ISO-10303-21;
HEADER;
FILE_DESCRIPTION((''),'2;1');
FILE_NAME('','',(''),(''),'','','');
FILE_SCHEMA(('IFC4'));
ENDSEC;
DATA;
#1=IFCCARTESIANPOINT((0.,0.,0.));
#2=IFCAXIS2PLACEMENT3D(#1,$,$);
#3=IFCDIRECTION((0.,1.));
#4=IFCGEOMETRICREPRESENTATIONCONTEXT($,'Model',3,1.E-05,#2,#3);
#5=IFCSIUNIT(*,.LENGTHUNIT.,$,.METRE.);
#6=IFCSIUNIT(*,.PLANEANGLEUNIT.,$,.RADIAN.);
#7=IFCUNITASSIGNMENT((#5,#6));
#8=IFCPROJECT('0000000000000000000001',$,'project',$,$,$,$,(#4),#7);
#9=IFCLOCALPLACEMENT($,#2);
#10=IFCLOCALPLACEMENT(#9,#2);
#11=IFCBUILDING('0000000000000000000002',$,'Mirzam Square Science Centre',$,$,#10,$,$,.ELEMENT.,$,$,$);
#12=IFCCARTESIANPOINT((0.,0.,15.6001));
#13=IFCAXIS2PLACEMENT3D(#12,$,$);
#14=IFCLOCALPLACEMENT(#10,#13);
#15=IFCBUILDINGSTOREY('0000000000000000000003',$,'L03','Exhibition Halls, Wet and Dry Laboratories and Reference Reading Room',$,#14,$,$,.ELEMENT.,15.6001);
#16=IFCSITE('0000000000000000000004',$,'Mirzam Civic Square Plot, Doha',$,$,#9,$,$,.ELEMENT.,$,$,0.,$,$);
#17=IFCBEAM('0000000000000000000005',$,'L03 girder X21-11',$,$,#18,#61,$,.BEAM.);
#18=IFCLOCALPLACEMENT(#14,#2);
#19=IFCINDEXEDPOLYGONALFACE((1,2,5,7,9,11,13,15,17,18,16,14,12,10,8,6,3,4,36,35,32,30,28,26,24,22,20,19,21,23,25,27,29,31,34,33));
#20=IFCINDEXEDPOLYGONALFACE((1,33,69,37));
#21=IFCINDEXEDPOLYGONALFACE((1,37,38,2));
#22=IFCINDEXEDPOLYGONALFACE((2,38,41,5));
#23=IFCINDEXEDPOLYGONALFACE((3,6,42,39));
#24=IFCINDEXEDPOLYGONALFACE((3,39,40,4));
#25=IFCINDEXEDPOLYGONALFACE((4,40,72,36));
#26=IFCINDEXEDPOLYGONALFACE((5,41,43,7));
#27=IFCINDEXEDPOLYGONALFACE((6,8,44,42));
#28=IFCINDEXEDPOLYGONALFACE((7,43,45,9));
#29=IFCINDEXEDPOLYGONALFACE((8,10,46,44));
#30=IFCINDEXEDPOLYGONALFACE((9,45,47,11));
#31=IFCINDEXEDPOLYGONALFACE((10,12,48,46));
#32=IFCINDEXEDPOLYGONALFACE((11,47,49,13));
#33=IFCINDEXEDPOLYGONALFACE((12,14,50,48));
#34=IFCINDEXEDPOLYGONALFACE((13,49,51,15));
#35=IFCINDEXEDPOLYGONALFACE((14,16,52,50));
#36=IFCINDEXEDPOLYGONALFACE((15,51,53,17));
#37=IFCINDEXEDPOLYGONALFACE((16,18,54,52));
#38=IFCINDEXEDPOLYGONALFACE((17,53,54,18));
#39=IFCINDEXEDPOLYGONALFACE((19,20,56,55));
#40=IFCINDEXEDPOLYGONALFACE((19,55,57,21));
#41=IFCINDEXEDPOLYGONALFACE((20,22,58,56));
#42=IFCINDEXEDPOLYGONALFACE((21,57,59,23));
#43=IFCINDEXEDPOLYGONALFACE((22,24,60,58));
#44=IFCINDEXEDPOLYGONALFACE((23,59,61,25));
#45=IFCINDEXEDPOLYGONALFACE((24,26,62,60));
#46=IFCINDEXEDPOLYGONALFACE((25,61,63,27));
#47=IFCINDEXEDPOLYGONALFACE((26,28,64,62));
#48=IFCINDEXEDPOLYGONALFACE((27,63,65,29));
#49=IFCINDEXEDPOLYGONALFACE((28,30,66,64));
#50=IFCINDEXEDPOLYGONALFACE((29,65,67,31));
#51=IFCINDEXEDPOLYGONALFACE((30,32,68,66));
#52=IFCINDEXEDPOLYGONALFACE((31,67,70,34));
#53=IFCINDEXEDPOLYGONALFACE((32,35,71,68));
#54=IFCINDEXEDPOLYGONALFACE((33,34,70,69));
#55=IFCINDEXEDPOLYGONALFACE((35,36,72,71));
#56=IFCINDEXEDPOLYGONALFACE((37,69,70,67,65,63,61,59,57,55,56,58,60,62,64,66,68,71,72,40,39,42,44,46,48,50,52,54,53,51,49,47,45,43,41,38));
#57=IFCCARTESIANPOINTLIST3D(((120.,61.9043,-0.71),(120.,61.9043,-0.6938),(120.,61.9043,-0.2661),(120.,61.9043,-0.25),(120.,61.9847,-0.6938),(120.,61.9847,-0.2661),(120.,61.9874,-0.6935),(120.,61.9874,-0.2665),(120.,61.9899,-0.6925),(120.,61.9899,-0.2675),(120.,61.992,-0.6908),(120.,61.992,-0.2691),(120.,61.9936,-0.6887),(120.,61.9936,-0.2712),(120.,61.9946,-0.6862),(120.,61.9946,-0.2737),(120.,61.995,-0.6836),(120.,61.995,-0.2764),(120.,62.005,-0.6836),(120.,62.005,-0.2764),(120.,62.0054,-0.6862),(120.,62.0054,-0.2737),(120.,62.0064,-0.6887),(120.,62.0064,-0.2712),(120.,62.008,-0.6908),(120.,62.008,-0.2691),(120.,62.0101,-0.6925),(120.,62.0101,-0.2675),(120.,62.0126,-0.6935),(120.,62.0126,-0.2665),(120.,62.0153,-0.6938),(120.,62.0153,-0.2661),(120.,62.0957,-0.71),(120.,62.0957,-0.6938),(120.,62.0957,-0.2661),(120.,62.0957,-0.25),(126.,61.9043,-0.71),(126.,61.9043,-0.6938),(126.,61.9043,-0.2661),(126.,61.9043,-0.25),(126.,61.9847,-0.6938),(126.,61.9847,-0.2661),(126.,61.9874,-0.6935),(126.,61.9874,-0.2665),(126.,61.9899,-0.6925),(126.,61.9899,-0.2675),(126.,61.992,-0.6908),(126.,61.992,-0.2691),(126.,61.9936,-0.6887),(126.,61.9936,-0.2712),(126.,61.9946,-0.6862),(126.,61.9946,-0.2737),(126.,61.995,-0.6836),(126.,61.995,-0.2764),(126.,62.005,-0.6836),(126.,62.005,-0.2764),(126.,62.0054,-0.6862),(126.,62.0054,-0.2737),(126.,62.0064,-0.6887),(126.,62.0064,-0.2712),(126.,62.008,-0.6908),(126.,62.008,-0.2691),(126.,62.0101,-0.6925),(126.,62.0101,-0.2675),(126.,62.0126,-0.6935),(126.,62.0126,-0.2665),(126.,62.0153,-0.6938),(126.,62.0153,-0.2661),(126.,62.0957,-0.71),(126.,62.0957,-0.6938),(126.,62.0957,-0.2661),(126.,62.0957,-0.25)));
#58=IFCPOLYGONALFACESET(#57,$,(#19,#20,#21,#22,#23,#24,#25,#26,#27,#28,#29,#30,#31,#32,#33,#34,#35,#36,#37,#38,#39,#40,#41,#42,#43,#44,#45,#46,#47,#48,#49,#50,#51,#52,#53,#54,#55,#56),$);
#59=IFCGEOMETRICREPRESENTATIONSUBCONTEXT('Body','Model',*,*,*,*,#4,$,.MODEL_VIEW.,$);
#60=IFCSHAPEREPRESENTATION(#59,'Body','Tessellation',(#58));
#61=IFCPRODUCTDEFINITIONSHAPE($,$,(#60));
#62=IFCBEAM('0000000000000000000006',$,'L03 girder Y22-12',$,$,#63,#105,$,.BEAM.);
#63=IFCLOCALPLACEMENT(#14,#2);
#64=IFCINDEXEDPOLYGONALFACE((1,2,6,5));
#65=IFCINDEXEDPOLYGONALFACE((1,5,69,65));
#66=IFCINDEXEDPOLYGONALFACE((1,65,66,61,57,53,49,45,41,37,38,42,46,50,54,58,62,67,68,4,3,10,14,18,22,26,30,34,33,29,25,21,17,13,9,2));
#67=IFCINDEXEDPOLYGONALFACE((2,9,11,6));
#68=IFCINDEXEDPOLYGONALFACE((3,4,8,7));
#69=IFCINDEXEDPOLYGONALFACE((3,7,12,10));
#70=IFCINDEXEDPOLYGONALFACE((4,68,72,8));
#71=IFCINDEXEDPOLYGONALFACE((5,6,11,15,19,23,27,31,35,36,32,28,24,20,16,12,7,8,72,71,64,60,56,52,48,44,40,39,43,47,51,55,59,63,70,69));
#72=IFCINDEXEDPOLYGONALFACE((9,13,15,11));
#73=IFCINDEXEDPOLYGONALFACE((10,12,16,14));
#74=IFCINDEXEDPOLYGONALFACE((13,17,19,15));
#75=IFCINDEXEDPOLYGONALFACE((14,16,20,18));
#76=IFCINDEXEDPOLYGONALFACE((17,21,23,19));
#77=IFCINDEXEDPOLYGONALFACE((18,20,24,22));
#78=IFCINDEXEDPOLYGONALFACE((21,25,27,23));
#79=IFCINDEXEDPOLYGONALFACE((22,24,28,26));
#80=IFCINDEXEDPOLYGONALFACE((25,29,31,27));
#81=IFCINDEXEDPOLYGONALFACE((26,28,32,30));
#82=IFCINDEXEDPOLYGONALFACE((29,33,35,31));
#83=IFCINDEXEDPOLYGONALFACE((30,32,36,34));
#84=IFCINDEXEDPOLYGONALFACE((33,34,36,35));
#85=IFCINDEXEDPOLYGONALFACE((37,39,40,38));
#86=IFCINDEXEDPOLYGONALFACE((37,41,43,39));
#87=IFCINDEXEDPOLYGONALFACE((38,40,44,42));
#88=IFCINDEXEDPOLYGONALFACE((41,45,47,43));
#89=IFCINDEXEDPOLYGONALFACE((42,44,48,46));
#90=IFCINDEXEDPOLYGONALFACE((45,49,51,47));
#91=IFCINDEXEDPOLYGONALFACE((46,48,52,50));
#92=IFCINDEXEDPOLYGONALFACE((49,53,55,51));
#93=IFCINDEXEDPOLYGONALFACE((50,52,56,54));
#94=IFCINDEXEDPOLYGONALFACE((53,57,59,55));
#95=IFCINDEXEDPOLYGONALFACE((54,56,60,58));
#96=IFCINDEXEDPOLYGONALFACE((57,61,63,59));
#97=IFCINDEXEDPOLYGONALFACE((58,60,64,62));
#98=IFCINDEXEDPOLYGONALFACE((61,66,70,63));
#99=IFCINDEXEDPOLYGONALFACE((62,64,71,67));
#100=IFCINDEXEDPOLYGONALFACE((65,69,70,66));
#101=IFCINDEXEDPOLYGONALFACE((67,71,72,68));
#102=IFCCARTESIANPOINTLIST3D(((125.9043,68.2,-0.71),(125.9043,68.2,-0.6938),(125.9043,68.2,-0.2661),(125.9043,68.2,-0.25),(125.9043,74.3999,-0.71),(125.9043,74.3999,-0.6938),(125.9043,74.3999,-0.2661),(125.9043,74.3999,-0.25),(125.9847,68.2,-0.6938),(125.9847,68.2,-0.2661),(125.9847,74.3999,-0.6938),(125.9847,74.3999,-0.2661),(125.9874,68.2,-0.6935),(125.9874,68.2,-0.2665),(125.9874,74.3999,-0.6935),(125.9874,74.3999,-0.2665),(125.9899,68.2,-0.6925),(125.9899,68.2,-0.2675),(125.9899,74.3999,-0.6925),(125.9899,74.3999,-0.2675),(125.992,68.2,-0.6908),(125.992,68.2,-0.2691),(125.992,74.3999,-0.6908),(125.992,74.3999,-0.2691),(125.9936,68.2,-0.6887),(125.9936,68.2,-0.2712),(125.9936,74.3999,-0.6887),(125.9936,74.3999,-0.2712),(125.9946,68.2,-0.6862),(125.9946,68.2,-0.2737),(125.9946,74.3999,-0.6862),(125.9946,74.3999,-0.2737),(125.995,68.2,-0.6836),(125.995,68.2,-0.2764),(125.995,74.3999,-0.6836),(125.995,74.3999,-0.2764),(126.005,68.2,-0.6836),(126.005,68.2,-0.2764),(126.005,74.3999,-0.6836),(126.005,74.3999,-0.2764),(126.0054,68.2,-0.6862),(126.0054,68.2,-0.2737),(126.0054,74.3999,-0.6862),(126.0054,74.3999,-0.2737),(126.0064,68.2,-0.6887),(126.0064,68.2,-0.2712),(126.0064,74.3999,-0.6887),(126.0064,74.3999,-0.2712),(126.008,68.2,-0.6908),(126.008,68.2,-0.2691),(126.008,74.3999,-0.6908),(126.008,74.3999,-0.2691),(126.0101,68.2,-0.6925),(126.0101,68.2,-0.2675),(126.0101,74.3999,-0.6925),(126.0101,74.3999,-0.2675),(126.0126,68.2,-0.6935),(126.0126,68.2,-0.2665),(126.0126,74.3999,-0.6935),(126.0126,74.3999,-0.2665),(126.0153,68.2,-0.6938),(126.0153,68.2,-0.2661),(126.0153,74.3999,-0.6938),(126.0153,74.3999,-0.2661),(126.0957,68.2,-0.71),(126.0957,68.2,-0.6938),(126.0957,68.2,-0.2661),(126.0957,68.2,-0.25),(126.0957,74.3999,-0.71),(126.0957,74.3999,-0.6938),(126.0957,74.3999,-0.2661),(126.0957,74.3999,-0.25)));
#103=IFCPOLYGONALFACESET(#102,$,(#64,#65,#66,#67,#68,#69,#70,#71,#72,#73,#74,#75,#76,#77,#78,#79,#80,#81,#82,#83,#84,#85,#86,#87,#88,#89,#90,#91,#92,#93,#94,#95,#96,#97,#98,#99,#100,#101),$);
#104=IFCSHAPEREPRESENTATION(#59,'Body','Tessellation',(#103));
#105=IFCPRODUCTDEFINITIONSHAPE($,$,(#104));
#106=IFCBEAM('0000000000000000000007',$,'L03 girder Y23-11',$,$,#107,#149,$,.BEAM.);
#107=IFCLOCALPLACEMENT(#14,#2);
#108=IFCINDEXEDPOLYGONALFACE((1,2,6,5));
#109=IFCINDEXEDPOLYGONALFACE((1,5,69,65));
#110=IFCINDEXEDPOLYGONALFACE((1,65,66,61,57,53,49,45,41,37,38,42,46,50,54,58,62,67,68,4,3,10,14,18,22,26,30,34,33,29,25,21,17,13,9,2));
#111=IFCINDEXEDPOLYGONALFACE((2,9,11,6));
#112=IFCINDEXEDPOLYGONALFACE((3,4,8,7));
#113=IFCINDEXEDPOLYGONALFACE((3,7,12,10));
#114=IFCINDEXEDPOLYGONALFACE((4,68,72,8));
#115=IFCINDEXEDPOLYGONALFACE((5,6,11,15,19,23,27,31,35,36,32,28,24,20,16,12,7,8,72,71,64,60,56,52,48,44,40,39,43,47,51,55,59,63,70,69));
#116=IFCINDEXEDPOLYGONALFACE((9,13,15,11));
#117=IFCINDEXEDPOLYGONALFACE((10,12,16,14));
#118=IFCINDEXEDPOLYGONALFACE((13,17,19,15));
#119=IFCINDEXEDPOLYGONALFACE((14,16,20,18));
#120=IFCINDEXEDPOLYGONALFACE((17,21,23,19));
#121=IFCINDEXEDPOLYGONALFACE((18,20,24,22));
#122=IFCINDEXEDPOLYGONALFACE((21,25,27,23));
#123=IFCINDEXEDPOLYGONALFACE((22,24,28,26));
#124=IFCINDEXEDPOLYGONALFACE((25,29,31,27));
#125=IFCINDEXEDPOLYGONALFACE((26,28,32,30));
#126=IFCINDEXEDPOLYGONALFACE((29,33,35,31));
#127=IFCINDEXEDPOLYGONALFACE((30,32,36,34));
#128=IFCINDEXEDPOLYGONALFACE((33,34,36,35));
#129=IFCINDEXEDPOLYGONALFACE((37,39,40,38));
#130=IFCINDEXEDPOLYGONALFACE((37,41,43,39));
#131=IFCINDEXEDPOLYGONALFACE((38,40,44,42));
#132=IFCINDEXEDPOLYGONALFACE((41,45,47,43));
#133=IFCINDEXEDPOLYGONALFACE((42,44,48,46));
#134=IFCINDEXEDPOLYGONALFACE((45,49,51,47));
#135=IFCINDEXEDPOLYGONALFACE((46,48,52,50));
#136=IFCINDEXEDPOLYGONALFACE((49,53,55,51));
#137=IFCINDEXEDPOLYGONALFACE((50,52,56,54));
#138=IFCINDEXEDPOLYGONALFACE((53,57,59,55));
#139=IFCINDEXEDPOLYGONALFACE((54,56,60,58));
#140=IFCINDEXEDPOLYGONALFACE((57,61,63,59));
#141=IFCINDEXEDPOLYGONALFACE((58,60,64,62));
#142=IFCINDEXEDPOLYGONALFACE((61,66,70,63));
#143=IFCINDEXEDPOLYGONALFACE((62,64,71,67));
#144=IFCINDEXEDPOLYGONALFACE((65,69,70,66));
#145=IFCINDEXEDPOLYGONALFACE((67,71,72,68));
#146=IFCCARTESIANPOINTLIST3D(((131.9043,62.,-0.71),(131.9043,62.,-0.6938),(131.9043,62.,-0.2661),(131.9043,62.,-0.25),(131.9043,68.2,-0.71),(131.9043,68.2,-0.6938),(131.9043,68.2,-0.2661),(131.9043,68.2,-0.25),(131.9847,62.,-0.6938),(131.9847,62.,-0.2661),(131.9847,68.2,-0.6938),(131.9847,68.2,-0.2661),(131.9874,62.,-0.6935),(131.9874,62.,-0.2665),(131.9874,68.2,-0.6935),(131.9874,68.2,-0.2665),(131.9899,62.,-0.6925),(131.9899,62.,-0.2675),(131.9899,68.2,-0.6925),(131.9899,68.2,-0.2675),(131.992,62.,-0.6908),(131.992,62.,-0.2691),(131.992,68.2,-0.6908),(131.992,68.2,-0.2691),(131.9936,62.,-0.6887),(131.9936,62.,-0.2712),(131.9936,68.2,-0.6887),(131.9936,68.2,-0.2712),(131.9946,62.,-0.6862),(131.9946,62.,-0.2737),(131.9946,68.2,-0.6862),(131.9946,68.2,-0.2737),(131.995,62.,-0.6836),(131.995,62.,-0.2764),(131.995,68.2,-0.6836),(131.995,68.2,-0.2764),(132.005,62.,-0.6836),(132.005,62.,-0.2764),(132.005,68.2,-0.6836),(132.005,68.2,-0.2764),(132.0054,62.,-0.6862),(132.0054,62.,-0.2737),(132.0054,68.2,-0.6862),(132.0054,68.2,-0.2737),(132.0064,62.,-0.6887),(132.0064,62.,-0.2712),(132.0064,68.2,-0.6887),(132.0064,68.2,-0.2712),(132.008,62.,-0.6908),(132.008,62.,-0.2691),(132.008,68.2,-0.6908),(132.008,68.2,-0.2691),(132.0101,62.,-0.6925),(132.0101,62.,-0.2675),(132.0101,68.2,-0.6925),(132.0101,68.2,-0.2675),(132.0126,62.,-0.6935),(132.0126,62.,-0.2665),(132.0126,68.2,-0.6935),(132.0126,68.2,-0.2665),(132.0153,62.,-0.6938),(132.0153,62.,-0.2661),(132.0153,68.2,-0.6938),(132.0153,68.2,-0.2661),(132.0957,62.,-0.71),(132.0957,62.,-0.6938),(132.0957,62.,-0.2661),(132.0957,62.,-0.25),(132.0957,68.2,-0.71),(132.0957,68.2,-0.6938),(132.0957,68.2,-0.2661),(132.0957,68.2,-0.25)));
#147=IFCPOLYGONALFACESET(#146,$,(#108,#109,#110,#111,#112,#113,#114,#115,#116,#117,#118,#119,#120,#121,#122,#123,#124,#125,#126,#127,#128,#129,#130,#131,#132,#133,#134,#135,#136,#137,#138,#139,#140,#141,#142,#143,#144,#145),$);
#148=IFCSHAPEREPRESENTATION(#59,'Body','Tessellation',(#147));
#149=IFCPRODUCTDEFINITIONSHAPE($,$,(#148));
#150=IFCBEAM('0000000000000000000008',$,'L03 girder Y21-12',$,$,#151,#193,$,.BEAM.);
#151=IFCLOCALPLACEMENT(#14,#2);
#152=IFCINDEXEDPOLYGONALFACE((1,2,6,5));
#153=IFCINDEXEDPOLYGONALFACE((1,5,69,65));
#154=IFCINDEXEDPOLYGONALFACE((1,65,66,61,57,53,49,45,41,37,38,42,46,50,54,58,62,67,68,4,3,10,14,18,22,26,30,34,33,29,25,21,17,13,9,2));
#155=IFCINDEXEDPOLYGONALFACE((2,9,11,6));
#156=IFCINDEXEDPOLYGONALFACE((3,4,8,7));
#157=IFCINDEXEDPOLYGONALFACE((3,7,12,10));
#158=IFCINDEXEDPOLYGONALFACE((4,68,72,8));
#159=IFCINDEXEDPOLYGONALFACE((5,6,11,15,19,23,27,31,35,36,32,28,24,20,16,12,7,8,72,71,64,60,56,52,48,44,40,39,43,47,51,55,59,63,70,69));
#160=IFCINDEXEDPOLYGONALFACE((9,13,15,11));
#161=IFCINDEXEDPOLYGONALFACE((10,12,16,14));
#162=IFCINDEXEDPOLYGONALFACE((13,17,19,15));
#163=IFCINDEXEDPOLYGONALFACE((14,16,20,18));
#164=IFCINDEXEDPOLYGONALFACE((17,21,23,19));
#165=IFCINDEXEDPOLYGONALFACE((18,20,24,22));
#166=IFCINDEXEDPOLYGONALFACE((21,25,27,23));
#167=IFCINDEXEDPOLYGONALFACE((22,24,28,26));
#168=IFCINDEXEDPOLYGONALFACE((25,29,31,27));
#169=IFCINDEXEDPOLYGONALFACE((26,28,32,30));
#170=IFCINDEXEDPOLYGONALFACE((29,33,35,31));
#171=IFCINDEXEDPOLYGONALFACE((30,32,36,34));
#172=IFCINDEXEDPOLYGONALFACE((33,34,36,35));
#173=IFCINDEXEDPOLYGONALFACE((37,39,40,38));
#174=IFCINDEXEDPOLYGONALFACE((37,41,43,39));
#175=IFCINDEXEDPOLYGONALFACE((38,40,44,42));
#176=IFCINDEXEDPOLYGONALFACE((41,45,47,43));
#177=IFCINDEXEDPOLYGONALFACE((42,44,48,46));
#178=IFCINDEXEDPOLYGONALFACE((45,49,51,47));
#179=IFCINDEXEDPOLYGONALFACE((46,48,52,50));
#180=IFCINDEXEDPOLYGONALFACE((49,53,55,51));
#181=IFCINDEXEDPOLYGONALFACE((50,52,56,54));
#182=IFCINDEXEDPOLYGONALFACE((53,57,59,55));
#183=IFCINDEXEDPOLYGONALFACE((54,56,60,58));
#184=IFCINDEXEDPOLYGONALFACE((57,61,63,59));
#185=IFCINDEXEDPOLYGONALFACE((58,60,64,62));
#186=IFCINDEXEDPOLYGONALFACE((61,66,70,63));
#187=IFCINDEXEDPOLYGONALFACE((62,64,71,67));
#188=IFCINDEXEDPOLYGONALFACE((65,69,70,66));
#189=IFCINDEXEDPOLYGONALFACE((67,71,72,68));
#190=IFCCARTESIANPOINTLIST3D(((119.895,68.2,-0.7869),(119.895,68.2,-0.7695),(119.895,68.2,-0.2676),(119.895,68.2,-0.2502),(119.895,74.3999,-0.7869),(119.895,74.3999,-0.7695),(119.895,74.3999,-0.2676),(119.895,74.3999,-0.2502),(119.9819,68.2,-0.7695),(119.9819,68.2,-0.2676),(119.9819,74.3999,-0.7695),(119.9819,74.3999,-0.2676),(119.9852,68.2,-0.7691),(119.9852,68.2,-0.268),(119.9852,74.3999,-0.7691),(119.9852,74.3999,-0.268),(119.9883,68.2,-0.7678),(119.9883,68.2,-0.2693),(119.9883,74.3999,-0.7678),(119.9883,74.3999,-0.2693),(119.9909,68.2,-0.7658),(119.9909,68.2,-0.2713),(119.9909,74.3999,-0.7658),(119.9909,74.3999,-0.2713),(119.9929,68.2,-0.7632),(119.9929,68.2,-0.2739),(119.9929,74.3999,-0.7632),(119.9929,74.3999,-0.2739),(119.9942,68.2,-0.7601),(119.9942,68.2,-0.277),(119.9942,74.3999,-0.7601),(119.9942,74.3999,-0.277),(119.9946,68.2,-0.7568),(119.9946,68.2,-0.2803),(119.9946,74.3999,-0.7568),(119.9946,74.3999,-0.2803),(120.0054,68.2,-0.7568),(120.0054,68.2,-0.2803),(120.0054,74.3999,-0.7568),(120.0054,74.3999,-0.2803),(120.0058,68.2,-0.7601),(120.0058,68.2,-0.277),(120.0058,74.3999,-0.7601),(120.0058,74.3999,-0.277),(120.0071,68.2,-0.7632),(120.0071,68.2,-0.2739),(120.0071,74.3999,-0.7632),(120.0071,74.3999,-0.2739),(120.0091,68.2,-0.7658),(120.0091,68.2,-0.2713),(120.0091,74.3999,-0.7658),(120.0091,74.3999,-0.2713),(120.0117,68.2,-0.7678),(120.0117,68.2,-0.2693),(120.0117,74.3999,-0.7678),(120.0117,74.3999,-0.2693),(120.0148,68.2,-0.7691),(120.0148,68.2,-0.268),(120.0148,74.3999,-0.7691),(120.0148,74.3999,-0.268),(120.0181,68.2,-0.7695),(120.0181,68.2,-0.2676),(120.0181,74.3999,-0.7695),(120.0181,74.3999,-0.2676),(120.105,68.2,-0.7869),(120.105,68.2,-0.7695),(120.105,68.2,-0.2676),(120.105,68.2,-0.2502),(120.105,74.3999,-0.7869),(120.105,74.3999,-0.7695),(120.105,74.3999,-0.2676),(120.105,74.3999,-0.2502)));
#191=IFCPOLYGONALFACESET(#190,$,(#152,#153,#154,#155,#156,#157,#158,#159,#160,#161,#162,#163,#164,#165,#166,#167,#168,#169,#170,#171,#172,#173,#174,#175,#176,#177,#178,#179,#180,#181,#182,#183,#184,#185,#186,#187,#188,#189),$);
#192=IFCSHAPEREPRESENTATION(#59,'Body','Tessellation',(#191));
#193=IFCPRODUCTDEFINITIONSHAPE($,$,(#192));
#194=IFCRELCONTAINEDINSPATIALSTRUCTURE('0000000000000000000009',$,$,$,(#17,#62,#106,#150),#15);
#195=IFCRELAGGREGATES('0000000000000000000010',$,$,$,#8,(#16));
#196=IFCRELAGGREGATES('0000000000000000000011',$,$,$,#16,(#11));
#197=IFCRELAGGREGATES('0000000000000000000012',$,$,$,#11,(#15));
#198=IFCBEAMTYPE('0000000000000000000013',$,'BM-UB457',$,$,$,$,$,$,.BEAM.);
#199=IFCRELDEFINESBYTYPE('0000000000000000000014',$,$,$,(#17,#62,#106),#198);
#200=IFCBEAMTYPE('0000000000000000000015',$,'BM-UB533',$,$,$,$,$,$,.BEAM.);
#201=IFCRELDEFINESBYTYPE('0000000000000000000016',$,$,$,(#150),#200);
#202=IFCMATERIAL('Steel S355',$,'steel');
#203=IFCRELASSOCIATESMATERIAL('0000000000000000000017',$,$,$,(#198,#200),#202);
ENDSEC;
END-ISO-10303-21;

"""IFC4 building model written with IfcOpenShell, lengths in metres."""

from ifc_helpers import new_model, si_unit, direction, frame, origin, origin_2d, place, context, subcontext, project, spatial, i_section, extrude, material, material_profile, profile_set, type_object, element, save


model = new_model("IFC4")

# Units and contexts
model_context = context("Model", 3, precision=1e-05, world=origin(), true_north=direction((0.0, 1.0)))
body_context = subcontext(model_context, "Body", "Model", "MODEL_VIEW")
ifc_project = project(units=[si_unit("LENGTHUNIT", "METRE"), si_unit("PLANEANGLEUNIT", "RADIAN")], contexts=[model_context])

# Site, building, storey
site_placement = place(None, origin())
site = spatial("IfcSite", under=ifc_project, at=site_placement, Name="Mirzam Civic Square Plot, Doha", CompositionType="ELEMENT", RefElevation=0.0)
building_placement = place(site_placement, origin())
building = spatial("IfcBuilding", under=site, at=building_placement, Name="Mirzam Square Science Centre", CompositionType="ELEMENT")
storey_placement = place(building_placement, frame((0.0, 0.0, 15.6001)))
storey = spatial("IfcBuildingStorey", under=building, at=storey_placement, Name="L03", Description="Exhibition Halls, Wet and Dry Laboratories and Reference Reading Room", CompositionType="ELEMENT", Elevation=15.6001)

# Shared definitions
ifc_material_1 = material(Name="Steel S355", Category="steel")

# Beams
ifc_material_profile_1 = material_profile(ifc_material_1, i_section(OverallWidth=0.1914, OverallDepth=0.46, WebThickness=0.01, FlangeThickness=0.0161, FilletRadius=0.0103, at=origin_2d()), Name="457x191x82UB")
ifc_profile_set_1 = profile_set([ifc_material_profile_1], Name="Steel S355")
beam_type_1 = type_object("IfcBeamType", Name="BM-UB457", PredefinedType="BEAM", material=ifc_profile_set_1)
beam_1_placement = place(storey_placement, frame((120.0, 62.0, -0.48), z_axis=(1.0, 0.0, 0.0), x_axis=(0.0, 1.0, 0.0)))
element("IfcBeam", 1, at=beam_1_placement, inside=storey, type_object=beam_type_1, Name="L03 girder X21-11", PredefinedType="BEAM", context=body_context, shape_type="SweptSolid", body=[
    extrude(i_section(OverallWidth=0.1914, OverallDepth=0.46, WebThickness=0.01, FlangeThickness=0.0161, FilletRadius=0.0103, at=origin_2d()), origin(), (0.0, 0.0, 1.0), 6.0),
])
for number, where, z_axis, x_axis, name in (
    (2, (126.0, 68.2, -0.48), (0.0, 1.0, 0.0), (-1.0, 0.0, 0.0), "L03 girder Y22-12"),
    (3, (132.0, 62.0, -0.48), (0.0, 1.0, 0.0), (-1.0, 0.0, 0.0), "L03 girder Y23-11"),
):
    element("IfcBeam", number, at=place(storey_placement, frame(where, z_axis=z_axis, x_axis=x_axis)), inside=storey, type_object=beam_type_1, Name=name, PredefinedType="BEAM", context=body_context, shape_type="SweptSolid", body=[
        extrude(i_section(OverallWidth=0.1914, OverallDepth=0.46, WebThickness=0.01, FlangeThickness=0.0161, FilletRadius=0.0103, at=origin_2d()), origin(), (0.0, 0.0, 1.0), 6.2),
    ])
ifc_material_profile_2 = material_profile(ifc_material_1, i_section(OverallWidth=0.21, OverallDepth=0.5366, WebThickness=0.0107, FlangeThickness=0.0173, FilletRadius=0.0127, at=origin_2d()), Name="533x210x101UB")
ifc_profile_set_2 = profile_set([ifc_material_profile_2], Name="Steel S355")
beam_type_2 = type_object("IfcBeamType", Name="BM-UB533", PredefinedType="BEAM", material=ifc_profile_set_2)
for number, where, z_axis, x_axis, name in (
    (4, (120.0, 68.2, -0.5186), (0.0, 1.0, 0.0), (-1.0, 0.0, 0.0), "L03 girder Y21-12"),
):
    element("IfcBeam", number, at=place(storey_placement, frame(where, z_axis=z_axis, x_axis=x_axis)), inside=storey, type_object=beam_type_2, Name=name, PredefinedType="BEAM", context=body_context, shape_type="SweptSolid", body=[
        extrude(i_section(OverallWidth=0.21, OverallDepth=0.5366, WebThickness=0.0107, FlangeThickness=0.0173, FilletRadius=0.0127, at=origin_2d()), origin(), (0.0, 0.0, 1.0), 6.2),
    ])

save(model, "model.ifc")
